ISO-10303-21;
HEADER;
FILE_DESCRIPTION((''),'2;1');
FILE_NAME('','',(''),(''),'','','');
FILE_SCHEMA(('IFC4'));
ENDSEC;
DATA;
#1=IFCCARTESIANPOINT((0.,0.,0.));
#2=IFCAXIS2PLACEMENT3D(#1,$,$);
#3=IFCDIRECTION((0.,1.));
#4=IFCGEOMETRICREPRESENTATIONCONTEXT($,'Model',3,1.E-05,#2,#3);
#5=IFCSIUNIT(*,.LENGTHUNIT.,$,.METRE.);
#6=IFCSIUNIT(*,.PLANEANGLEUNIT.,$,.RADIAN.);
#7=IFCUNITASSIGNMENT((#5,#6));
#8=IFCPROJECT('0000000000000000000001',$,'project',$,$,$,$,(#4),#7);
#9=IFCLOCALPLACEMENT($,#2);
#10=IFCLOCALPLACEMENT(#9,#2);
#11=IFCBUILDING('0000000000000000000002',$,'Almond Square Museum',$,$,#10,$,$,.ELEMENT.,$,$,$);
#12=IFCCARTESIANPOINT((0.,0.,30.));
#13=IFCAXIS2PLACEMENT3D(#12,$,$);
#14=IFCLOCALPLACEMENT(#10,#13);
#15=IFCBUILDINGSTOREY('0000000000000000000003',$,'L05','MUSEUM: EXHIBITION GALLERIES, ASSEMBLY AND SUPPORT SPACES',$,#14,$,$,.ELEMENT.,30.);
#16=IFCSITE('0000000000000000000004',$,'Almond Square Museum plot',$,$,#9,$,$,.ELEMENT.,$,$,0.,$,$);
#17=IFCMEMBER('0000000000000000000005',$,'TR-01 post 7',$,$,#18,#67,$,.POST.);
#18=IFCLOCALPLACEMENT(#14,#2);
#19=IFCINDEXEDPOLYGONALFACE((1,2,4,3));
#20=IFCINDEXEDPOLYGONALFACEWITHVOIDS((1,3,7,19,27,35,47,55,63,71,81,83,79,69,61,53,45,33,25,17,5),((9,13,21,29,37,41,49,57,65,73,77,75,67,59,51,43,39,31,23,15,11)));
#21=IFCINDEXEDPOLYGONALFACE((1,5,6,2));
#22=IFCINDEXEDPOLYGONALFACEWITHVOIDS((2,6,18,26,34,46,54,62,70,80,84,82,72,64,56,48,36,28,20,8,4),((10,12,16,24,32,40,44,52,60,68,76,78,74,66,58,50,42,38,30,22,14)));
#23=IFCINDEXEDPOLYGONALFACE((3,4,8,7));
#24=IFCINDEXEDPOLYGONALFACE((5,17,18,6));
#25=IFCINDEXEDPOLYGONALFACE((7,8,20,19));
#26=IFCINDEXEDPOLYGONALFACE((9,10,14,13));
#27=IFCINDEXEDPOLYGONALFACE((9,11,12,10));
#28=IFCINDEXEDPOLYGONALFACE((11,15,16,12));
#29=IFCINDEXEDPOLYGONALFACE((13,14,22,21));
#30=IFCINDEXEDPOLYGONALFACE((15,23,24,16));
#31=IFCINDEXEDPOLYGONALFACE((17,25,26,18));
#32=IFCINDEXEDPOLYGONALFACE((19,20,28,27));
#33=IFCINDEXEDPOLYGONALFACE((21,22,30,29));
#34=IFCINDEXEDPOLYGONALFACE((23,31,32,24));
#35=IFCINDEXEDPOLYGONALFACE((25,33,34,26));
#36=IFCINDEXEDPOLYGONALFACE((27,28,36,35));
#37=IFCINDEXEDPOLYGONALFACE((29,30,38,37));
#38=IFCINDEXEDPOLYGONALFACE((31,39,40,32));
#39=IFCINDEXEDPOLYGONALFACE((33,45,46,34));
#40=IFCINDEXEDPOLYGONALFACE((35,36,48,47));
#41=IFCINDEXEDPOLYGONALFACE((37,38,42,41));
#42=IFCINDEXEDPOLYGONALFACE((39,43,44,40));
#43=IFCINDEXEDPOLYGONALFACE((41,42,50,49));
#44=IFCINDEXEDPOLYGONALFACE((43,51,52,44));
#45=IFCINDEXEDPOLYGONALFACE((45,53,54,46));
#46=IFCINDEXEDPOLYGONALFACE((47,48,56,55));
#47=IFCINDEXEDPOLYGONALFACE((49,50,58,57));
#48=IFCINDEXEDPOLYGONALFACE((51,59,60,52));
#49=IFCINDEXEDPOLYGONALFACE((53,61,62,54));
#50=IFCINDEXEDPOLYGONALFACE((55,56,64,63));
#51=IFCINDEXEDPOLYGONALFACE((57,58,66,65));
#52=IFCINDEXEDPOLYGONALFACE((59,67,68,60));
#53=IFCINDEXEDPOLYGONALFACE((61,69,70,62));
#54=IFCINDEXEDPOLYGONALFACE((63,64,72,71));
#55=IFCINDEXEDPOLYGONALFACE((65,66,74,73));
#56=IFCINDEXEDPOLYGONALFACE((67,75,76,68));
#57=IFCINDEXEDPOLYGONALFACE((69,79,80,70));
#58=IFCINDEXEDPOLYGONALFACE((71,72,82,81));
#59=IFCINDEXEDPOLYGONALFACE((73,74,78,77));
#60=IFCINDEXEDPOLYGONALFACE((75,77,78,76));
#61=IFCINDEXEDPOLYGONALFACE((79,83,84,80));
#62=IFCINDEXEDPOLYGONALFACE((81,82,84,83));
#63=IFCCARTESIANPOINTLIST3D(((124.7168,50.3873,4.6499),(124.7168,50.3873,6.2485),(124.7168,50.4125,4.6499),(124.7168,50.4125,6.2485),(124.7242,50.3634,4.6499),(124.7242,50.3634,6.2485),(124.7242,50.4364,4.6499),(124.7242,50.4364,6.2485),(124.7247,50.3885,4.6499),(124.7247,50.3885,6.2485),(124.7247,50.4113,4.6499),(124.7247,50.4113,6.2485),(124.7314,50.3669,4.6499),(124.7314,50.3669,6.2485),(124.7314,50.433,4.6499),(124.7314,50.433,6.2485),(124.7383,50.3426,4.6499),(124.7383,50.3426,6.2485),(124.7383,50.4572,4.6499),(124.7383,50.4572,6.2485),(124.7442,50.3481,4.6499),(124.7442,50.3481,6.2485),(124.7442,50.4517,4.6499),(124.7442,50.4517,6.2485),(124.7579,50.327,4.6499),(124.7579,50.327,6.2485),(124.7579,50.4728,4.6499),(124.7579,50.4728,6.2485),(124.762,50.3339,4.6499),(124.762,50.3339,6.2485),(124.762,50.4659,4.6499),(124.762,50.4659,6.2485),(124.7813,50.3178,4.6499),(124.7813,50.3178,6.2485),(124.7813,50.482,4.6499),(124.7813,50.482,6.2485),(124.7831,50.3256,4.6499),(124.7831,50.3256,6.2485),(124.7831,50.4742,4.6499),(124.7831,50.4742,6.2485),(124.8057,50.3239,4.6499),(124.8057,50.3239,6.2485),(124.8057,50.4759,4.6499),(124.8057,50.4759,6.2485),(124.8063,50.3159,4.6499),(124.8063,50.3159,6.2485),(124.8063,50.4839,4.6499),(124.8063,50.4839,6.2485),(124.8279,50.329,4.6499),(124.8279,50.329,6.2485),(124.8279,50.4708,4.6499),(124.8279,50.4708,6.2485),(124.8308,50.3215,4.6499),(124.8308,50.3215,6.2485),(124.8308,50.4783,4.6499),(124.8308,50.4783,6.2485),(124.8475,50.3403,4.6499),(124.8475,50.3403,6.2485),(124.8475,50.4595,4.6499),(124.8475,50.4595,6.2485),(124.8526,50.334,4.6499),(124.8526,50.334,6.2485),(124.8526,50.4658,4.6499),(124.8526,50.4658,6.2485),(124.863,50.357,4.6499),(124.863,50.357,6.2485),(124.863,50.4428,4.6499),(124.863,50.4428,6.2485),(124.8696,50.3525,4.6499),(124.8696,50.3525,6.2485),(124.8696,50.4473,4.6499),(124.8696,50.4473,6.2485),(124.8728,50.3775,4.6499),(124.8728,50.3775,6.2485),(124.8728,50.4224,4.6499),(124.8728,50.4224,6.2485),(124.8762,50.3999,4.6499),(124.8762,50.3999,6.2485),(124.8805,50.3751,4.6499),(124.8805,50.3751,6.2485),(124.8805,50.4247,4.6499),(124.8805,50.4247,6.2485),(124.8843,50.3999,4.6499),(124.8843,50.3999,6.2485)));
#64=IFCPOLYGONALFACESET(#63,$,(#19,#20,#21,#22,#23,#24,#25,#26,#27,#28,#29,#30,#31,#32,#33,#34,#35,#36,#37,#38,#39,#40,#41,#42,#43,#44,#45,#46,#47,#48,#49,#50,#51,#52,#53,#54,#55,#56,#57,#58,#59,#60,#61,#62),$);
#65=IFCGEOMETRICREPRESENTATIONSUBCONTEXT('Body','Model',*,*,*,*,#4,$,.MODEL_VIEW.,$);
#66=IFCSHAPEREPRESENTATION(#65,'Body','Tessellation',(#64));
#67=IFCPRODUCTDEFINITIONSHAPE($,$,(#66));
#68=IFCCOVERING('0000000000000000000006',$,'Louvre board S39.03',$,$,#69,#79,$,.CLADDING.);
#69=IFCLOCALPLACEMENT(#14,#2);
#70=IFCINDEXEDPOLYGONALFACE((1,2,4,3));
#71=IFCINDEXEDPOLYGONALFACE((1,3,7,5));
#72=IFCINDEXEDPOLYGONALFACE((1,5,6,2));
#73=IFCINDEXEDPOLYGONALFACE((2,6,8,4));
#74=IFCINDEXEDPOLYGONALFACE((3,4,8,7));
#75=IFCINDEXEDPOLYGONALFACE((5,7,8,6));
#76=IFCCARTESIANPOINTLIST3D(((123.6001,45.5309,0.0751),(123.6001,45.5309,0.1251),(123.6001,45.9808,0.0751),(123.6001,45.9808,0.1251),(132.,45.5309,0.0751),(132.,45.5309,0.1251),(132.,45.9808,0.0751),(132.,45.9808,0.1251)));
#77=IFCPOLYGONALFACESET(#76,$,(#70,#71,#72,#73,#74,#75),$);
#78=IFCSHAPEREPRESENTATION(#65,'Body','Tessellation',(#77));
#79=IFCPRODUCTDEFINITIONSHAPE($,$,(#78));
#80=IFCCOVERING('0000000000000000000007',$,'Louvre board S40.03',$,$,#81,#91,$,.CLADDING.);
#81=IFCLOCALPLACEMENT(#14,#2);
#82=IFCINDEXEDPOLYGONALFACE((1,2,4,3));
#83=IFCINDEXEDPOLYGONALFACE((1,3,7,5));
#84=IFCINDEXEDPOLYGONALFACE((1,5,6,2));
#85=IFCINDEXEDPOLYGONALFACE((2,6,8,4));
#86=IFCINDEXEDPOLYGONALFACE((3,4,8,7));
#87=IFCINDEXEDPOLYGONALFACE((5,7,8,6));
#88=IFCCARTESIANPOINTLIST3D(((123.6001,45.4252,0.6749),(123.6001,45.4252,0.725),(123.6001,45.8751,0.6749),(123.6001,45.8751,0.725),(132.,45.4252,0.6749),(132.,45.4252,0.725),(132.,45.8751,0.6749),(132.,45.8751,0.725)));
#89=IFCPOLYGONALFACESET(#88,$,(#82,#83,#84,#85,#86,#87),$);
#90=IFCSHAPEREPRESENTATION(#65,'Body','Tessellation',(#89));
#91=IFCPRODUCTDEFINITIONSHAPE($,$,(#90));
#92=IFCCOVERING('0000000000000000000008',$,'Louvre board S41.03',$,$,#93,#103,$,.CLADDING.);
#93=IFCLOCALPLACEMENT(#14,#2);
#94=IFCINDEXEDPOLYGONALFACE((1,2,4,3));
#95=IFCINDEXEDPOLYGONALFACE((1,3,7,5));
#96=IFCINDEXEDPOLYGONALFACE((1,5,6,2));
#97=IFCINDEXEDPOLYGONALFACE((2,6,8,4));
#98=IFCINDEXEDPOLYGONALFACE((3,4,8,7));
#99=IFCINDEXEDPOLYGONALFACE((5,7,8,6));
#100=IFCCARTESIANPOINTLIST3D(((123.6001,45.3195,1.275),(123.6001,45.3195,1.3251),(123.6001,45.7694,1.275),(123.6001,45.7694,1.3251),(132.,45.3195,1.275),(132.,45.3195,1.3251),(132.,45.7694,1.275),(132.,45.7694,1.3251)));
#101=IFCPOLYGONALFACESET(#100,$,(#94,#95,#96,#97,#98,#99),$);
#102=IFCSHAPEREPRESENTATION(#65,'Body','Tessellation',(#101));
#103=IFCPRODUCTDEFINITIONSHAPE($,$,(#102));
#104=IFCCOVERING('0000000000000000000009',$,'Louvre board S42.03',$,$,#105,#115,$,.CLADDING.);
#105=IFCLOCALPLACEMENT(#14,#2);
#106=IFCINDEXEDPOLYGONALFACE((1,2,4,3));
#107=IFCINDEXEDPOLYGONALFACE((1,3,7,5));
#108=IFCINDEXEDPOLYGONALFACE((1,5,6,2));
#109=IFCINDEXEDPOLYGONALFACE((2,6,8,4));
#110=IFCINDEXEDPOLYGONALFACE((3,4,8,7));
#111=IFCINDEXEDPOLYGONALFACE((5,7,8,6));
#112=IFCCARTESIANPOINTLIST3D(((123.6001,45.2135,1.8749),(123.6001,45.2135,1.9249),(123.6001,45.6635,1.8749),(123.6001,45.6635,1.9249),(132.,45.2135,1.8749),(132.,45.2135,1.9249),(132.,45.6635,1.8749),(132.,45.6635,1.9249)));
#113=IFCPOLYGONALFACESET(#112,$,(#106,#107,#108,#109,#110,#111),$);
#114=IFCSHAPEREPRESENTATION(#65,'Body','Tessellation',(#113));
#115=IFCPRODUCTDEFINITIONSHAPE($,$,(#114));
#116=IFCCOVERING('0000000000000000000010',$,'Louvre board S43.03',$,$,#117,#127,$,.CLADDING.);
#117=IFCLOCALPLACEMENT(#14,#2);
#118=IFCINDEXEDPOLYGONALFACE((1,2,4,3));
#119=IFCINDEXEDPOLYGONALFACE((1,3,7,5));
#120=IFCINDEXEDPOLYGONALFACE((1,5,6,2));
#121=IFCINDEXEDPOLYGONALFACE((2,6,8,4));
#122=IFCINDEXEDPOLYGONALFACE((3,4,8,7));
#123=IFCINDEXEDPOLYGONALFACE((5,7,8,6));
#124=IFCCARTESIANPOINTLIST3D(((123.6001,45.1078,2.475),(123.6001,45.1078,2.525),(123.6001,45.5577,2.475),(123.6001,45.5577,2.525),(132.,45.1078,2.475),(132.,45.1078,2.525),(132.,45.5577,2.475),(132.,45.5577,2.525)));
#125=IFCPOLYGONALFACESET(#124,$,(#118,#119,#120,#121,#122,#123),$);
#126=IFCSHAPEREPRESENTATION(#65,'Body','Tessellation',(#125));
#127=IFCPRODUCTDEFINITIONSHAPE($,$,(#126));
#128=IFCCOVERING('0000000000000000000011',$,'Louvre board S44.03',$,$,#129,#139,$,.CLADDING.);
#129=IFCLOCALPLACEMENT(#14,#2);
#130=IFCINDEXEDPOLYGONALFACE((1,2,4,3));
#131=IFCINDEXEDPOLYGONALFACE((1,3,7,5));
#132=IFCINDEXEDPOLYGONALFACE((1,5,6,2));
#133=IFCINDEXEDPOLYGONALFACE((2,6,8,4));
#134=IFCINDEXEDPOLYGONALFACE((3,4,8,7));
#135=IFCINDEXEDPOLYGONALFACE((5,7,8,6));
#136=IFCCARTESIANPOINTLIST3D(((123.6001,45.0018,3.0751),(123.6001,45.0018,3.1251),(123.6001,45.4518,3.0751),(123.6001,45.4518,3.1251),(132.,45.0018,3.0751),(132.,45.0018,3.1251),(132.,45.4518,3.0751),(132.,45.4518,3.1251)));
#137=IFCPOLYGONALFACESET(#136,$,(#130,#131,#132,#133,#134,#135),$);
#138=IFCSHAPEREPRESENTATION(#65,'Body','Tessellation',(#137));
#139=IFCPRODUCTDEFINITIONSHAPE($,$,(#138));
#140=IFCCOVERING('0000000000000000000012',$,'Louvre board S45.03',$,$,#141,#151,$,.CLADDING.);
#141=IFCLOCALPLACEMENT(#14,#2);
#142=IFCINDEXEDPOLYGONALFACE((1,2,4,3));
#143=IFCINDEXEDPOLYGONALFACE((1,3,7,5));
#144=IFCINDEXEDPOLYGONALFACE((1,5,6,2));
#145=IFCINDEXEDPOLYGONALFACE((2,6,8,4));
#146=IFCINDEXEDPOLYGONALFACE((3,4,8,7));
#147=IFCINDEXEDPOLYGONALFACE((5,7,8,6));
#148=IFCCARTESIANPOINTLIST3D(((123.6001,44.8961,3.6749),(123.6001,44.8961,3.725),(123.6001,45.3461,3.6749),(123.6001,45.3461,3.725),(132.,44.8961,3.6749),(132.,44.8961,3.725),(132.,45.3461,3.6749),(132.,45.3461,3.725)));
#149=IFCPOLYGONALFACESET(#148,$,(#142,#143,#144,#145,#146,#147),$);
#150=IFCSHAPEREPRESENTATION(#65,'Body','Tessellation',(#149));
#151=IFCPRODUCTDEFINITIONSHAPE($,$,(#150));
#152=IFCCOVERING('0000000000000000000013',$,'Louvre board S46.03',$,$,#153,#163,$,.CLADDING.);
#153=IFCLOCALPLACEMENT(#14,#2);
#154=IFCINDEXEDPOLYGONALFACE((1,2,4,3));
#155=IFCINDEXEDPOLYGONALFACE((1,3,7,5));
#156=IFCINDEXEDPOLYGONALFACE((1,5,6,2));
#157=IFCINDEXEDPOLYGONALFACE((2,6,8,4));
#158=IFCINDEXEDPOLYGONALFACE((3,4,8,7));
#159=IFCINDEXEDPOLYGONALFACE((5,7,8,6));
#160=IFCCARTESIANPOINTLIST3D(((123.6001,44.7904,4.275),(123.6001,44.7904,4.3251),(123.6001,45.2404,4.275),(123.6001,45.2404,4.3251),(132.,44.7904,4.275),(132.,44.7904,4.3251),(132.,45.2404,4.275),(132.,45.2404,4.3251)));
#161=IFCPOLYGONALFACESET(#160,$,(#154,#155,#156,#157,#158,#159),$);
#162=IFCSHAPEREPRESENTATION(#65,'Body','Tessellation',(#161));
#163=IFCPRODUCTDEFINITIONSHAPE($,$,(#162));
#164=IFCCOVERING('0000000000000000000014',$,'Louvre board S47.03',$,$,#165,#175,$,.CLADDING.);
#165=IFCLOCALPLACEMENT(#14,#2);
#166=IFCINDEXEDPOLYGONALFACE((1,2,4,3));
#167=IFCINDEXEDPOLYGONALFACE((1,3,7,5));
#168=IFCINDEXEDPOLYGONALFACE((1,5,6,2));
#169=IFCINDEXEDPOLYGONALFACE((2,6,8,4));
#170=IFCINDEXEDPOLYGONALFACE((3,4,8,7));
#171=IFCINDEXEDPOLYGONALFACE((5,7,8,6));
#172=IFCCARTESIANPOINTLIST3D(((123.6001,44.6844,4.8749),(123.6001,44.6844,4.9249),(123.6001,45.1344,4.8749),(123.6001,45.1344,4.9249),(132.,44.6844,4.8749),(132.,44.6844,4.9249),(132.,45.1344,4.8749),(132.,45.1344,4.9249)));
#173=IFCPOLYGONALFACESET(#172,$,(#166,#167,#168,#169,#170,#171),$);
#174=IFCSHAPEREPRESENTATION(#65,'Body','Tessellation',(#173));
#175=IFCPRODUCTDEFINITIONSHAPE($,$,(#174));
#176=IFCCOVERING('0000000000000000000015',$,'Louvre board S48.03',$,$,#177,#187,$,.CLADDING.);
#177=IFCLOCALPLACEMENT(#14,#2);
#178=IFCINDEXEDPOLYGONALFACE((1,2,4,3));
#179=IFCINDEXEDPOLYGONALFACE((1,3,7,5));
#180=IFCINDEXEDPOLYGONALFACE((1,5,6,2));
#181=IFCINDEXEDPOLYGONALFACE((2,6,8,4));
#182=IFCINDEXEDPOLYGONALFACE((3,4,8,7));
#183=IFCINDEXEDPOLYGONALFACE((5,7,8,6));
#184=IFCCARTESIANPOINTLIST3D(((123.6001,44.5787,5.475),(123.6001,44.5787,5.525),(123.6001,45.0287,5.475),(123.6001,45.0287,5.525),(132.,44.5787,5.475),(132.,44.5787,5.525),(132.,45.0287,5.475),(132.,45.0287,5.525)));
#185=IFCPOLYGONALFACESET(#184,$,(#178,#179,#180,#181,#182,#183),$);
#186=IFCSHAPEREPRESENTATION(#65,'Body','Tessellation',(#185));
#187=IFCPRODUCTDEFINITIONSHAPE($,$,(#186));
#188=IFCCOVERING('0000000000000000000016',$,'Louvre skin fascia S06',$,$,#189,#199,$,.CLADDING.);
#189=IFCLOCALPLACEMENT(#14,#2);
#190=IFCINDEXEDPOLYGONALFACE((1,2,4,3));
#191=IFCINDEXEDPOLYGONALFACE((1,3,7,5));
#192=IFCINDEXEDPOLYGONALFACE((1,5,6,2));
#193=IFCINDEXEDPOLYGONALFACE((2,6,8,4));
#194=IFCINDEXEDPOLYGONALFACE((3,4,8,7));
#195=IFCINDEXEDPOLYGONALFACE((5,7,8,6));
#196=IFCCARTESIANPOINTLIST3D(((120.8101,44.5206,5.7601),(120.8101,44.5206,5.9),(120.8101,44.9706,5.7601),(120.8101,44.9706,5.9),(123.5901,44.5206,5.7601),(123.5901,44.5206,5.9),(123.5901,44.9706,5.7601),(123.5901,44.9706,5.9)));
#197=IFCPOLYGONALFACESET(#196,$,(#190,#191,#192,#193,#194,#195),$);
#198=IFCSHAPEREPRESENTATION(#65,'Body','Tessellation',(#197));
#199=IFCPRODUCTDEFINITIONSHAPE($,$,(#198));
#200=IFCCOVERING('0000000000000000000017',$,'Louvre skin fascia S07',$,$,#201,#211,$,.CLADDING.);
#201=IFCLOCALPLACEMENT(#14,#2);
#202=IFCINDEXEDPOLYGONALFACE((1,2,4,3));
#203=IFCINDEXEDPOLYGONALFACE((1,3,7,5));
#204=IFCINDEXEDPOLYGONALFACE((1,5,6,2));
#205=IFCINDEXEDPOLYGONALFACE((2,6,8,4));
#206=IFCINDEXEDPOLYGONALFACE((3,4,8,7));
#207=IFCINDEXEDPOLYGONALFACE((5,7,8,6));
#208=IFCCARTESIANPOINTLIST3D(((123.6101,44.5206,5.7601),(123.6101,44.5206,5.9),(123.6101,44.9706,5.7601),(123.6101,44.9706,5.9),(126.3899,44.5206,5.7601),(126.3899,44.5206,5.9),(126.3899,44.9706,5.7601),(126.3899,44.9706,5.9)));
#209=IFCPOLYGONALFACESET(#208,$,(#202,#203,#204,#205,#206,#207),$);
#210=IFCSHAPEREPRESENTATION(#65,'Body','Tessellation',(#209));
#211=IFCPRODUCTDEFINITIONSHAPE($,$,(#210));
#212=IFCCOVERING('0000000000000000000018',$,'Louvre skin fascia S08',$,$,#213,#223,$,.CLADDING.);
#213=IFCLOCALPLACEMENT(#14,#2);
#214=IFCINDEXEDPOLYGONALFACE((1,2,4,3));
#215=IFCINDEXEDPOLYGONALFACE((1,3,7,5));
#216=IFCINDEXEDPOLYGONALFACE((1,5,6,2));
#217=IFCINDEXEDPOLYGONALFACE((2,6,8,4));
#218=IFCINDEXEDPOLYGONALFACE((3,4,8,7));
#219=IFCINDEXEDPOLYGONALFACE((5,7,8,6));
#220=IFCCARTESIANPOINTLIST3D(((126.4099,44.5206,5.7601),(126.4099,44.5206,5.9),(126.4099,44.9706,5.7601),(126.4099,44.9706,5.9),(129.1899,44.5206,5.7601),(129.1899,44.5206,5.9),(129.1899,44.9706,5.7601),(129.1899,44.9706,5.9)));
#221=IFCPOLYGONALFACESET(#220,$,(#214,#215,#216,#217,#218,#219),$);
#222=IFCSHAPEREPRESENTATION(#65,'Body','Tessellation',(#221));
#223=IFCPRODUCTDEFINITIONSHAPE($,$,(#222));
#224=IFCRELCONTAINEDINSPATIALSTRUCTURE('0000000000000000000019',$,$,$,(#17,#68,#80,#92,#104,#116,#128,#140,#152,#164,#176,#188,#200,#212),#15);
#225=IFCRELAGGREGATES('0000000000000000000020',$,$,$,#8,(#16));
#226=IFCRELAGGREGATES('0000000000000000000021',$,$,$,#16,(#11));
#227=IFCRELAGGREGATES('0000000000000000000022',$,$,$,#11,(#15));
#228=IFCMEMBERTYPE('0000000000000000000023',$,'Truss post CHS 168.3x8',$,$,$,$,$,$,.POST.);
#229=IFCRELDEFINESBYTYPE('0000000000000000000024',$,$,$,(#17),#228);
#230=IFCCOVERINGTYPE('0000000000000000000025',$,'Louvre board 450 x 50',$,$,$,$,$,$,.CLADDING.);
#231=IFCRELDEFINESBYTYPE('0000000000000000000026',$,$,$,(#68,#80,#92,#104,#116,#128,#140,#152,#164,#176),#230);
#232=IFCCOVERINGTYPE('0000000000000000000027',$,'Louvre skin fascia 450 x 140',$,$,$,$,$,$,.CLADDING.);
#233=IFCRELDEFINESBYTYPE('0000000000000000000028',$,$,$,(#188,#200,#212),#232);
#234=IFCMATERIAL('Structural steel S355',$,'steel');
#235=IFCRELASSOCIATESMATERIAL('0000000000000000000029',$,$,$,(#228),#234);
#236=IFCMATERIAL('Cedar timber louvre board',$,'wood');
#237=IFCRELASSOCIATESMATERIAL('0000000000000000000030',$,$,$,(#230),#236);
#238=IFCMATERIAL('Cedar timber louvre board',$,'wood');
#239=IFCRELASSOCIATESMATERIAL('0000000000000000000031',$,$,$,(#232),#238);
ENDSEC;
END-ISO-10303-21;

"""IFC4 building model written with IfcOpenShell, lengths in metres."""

from ifc_helpers import new_model, si_unit, direction, frame, origin, origin_2d, place, context, subcontext, project, spatial, rectangle, hollow_circle, extrude, material, material_profile, profile_set, type_object, element, save


model = new_model("IFC4")

# Units and contexts
model_context = context("Model", 3, precision=1e-05, world=origin(), true_north=direction((0.0, 1.0)))
body_context = subcontext(model_context, "Body", "Model", "MODEL_VIEW")
ifc_project = project(units=[si_unit("LENGTHUNIT", "METRE"), si_unit("PLANEANGLEUNIT", "RADIAN")], contexts=[model_context])

# Site, building, storey
site_placement = place(None, origin())
site = spatial("IfcSite", under=ifc_project, at=site_placement, Name="Almond Square Museum plot", CompositionType="ELEMENT", RefElevation=0.0)
building_placement = place(site_placement, origin())
building = spatial("IfcBuilding", under=site, at=building_placement, Name="Almond Square Museum", CompositionType="ELEMENT")
storey_placement = place(building_placement, frame((0.0, 0.0, 30.0)))
storey = spatial("IfcBuildingStorey", under=building, at=storey_placement, Name="L05", Description="MUSEUM: EXHIBITION GALLERIES, ASSEMBLY AND SUPPORT SPACES", CompositionType="ELEMENT", Elevation=30.0)

# Member
ifc_material_1 = material(Name="Structural steel S355", Category="steel")
ifc_material_profile_1 = material_profile(ifc_material_1, hollow_circle(Radius=0.0842, WallThickness=0.0081, at=origin_2d()))
ifc_profile_set_1 = profile_set([ifc_material_profile_1], Name="Structural steel S355")
member_type_1 = type_object("IfcMemberType", Name="Truss post CHS 168.3x8", PredefinedType="POST", material=ifc_profile_set_1)
for number, where, z_axis, x_axis, name in (
    (1, (124.8, 50.3999, 4.6499), (0.0, 0.0, 1.0), (1.0, 0.0, 0.0), "TR-01 post 7"),
):
    element("IfcMember", number, at=place(storey_placement, frame(where, z_axis=z_axis, x_axis=x_axis)), inside=storey, type_object=member_type_1, Name=name, PredefinedType="POST", context=body_context, shape_type="SweptSolid", body=[
        extrude(hollow_circle(Radius=0.0842, WallThickness=0.0081, at=origin_2d()), origin(), (0.0, 0.0, 1.0), 1.5986),
    ])

# Coverings
ifc_material_2 = material(Name="Cedar timber louvre board", Category="wood")
ifc_material_profile_2 = material_profile(ifc_material_2, rectangle(XDim=0.45, YDim=0.05, at=origin_2d()))
ifc_profile_set_2 = profile_set([ifc_material_profile_2], Name="Cedar timber louvre board")
covering_type_1 = type_object("IfcCoveringType", Name="Louvre board 450 x 50", PredefinedType="CLADDING", material=ifc_profile_set_2)
for number, where, z_axis, x_axis, name in (
    (2, (123.6001, 45.7559, 0.1001), (1.0, 0.0, 0.0), (0.0, 1.0, 0.0), "Louvre board S39.03"),
    (3, (123.6001, 45.6501, 0.7), (1.0, 0.0, 0.0), (0.0, 1.0, 0.0), "Louvre board S40.03"),
    (4, (123.6001, 45.5444, 1.3), (1.0, 0.0, 0.0), (0.0, 1.0, 0.0), "Louvre board S41.03"),
    (5, (123.6001, 45.4385, 1.8999), (1.0, 0.0, 0.0), (0.0, 1.0, 0.0), "Louvre board S42.03"),
    (6, (123.6001, 45.3328, 2.5), (1.0, 0.0, 0.0), (0.0, 1.0, 0.0), "Louvre board S43.03"),
    (7, (123.6001, 45.2268, 3.1001), (1.0, 0.0, 0.0), (0.0, 1.0, 0.0), "Louvre board S44.03"),
    (8, (123.6001, 45.1211, 3.7), (1.0, 0.0, 0.0), (0.0, 1.0, 0.0), "Louvre board S45.03"),
    (9, (123.6001, 45.0154, 4.3), (1.0, 0.0, 0.0), (0.0, 1.0, 0.0), "Louvre board S46.03"),
    (10, (123.6001, 44.9094, 4.8999), (1.0, 0.0, 0.0), (0.0, 1.0, 0.0), "Louvre board S47.03"),
    (11, (123.6001, 44.8037, 5.5), (1.0, 0.0, 0.0), (0.0, 1.0, 0.0), "Louvre board S48.03"),
):
    element("IfcCovering", number, at=place(storey_placement, frame(where, z_axis=z_axis, x_axis=x_axis)), inside=storey, type_object=covering_type_1, Name=name, PredefinedType="CLADDING", context=body_context, shape_type="SweptSolid", body=[
        extrude(rectangle(XDim=0.45, YDim=0.05, at=origin_2d()), origin(), (0.0, 0.0, 1.0), 8.3999),
    ])
ifc_material_3 = material(Name="Cedar timber louvre board", Category="wood")
ifc_material_profile_3 = material_profile(ifc_material_3, rectangle(XDim=0.45, YDim=0.1399, at=origin_2d()))
ifc_profile_set_3 = profile_set([ifc_material_profile_3], Name="Cedar timber louvre board")
covering_type_2 = type_object("IfcCoveringType", Name="Louvre skin fascia 450 x 140", PredefinedType="CLADDING", material=ifc_profile_set_3)
covering_1_placement = place(storey_placement, frame((120.8101, 44.7456, 5.8301), z_axis=(1.0, 0.0, 0.0), x_axis=(0.0, 1.0, 0.0)))
element("IfcCovering", 12, at=covering_1_placement, inside=storey, type_object=covering_type_2, Name="Louvre skin fascia S06", PredefinedType="CLADDING", context=body_context, shape_type="SweptSolid", body=[
    extrude(rectangle(XDim=0.45, YDim=0.1399, at=origin_2d()), origin(), (0.0, 0.0, 1.0), 2.78),
])
covering_2_placement = place(storey_placement, frame((123.6101, 44.7456, 5.8301), z_axis=(1.0, 0.0, 0.0), x_axis=(0.0, 1.0, 0.0)))
element("IfcCovering", 13, at=covering_2_placement, inside=storey, type_object=covering_type_2, Name="Louvre skin fascia S07", PredefinedType="CLADDING", context=body_context, shape_type="SweptSolid", body=[
    extrude(rectangle(XDim=0.45, YDim=0.1399, at=origin_2d()), origin(), (0.0, 0.0, 1.0), 2.7798),
])
for number, where, z_axis, x_axis, name in (
    (14, (126.4099, 44.7456, 5.8301), (1.0, 0.0, 0.0), (0.0, 1.0, 0.0), "Louvre skin fascia S08"),
):
    element("IfcCovering", number, at=place(storey_placement, frame(where, z_axis=z_axis, x_axis=x_axis)), inside=storey, type_object=covering_type_2, Name=name, PredefinedType="CLADDING", context=body_context, shape_type="SweptSolid", body=[
        extrude(rectangle(XDim=0.45, YDim=0.1399, at=origin_2d()), origin(), (0.0, 0.0, 1.0), 2.78),
    ])

save(model, "model.ifc")
